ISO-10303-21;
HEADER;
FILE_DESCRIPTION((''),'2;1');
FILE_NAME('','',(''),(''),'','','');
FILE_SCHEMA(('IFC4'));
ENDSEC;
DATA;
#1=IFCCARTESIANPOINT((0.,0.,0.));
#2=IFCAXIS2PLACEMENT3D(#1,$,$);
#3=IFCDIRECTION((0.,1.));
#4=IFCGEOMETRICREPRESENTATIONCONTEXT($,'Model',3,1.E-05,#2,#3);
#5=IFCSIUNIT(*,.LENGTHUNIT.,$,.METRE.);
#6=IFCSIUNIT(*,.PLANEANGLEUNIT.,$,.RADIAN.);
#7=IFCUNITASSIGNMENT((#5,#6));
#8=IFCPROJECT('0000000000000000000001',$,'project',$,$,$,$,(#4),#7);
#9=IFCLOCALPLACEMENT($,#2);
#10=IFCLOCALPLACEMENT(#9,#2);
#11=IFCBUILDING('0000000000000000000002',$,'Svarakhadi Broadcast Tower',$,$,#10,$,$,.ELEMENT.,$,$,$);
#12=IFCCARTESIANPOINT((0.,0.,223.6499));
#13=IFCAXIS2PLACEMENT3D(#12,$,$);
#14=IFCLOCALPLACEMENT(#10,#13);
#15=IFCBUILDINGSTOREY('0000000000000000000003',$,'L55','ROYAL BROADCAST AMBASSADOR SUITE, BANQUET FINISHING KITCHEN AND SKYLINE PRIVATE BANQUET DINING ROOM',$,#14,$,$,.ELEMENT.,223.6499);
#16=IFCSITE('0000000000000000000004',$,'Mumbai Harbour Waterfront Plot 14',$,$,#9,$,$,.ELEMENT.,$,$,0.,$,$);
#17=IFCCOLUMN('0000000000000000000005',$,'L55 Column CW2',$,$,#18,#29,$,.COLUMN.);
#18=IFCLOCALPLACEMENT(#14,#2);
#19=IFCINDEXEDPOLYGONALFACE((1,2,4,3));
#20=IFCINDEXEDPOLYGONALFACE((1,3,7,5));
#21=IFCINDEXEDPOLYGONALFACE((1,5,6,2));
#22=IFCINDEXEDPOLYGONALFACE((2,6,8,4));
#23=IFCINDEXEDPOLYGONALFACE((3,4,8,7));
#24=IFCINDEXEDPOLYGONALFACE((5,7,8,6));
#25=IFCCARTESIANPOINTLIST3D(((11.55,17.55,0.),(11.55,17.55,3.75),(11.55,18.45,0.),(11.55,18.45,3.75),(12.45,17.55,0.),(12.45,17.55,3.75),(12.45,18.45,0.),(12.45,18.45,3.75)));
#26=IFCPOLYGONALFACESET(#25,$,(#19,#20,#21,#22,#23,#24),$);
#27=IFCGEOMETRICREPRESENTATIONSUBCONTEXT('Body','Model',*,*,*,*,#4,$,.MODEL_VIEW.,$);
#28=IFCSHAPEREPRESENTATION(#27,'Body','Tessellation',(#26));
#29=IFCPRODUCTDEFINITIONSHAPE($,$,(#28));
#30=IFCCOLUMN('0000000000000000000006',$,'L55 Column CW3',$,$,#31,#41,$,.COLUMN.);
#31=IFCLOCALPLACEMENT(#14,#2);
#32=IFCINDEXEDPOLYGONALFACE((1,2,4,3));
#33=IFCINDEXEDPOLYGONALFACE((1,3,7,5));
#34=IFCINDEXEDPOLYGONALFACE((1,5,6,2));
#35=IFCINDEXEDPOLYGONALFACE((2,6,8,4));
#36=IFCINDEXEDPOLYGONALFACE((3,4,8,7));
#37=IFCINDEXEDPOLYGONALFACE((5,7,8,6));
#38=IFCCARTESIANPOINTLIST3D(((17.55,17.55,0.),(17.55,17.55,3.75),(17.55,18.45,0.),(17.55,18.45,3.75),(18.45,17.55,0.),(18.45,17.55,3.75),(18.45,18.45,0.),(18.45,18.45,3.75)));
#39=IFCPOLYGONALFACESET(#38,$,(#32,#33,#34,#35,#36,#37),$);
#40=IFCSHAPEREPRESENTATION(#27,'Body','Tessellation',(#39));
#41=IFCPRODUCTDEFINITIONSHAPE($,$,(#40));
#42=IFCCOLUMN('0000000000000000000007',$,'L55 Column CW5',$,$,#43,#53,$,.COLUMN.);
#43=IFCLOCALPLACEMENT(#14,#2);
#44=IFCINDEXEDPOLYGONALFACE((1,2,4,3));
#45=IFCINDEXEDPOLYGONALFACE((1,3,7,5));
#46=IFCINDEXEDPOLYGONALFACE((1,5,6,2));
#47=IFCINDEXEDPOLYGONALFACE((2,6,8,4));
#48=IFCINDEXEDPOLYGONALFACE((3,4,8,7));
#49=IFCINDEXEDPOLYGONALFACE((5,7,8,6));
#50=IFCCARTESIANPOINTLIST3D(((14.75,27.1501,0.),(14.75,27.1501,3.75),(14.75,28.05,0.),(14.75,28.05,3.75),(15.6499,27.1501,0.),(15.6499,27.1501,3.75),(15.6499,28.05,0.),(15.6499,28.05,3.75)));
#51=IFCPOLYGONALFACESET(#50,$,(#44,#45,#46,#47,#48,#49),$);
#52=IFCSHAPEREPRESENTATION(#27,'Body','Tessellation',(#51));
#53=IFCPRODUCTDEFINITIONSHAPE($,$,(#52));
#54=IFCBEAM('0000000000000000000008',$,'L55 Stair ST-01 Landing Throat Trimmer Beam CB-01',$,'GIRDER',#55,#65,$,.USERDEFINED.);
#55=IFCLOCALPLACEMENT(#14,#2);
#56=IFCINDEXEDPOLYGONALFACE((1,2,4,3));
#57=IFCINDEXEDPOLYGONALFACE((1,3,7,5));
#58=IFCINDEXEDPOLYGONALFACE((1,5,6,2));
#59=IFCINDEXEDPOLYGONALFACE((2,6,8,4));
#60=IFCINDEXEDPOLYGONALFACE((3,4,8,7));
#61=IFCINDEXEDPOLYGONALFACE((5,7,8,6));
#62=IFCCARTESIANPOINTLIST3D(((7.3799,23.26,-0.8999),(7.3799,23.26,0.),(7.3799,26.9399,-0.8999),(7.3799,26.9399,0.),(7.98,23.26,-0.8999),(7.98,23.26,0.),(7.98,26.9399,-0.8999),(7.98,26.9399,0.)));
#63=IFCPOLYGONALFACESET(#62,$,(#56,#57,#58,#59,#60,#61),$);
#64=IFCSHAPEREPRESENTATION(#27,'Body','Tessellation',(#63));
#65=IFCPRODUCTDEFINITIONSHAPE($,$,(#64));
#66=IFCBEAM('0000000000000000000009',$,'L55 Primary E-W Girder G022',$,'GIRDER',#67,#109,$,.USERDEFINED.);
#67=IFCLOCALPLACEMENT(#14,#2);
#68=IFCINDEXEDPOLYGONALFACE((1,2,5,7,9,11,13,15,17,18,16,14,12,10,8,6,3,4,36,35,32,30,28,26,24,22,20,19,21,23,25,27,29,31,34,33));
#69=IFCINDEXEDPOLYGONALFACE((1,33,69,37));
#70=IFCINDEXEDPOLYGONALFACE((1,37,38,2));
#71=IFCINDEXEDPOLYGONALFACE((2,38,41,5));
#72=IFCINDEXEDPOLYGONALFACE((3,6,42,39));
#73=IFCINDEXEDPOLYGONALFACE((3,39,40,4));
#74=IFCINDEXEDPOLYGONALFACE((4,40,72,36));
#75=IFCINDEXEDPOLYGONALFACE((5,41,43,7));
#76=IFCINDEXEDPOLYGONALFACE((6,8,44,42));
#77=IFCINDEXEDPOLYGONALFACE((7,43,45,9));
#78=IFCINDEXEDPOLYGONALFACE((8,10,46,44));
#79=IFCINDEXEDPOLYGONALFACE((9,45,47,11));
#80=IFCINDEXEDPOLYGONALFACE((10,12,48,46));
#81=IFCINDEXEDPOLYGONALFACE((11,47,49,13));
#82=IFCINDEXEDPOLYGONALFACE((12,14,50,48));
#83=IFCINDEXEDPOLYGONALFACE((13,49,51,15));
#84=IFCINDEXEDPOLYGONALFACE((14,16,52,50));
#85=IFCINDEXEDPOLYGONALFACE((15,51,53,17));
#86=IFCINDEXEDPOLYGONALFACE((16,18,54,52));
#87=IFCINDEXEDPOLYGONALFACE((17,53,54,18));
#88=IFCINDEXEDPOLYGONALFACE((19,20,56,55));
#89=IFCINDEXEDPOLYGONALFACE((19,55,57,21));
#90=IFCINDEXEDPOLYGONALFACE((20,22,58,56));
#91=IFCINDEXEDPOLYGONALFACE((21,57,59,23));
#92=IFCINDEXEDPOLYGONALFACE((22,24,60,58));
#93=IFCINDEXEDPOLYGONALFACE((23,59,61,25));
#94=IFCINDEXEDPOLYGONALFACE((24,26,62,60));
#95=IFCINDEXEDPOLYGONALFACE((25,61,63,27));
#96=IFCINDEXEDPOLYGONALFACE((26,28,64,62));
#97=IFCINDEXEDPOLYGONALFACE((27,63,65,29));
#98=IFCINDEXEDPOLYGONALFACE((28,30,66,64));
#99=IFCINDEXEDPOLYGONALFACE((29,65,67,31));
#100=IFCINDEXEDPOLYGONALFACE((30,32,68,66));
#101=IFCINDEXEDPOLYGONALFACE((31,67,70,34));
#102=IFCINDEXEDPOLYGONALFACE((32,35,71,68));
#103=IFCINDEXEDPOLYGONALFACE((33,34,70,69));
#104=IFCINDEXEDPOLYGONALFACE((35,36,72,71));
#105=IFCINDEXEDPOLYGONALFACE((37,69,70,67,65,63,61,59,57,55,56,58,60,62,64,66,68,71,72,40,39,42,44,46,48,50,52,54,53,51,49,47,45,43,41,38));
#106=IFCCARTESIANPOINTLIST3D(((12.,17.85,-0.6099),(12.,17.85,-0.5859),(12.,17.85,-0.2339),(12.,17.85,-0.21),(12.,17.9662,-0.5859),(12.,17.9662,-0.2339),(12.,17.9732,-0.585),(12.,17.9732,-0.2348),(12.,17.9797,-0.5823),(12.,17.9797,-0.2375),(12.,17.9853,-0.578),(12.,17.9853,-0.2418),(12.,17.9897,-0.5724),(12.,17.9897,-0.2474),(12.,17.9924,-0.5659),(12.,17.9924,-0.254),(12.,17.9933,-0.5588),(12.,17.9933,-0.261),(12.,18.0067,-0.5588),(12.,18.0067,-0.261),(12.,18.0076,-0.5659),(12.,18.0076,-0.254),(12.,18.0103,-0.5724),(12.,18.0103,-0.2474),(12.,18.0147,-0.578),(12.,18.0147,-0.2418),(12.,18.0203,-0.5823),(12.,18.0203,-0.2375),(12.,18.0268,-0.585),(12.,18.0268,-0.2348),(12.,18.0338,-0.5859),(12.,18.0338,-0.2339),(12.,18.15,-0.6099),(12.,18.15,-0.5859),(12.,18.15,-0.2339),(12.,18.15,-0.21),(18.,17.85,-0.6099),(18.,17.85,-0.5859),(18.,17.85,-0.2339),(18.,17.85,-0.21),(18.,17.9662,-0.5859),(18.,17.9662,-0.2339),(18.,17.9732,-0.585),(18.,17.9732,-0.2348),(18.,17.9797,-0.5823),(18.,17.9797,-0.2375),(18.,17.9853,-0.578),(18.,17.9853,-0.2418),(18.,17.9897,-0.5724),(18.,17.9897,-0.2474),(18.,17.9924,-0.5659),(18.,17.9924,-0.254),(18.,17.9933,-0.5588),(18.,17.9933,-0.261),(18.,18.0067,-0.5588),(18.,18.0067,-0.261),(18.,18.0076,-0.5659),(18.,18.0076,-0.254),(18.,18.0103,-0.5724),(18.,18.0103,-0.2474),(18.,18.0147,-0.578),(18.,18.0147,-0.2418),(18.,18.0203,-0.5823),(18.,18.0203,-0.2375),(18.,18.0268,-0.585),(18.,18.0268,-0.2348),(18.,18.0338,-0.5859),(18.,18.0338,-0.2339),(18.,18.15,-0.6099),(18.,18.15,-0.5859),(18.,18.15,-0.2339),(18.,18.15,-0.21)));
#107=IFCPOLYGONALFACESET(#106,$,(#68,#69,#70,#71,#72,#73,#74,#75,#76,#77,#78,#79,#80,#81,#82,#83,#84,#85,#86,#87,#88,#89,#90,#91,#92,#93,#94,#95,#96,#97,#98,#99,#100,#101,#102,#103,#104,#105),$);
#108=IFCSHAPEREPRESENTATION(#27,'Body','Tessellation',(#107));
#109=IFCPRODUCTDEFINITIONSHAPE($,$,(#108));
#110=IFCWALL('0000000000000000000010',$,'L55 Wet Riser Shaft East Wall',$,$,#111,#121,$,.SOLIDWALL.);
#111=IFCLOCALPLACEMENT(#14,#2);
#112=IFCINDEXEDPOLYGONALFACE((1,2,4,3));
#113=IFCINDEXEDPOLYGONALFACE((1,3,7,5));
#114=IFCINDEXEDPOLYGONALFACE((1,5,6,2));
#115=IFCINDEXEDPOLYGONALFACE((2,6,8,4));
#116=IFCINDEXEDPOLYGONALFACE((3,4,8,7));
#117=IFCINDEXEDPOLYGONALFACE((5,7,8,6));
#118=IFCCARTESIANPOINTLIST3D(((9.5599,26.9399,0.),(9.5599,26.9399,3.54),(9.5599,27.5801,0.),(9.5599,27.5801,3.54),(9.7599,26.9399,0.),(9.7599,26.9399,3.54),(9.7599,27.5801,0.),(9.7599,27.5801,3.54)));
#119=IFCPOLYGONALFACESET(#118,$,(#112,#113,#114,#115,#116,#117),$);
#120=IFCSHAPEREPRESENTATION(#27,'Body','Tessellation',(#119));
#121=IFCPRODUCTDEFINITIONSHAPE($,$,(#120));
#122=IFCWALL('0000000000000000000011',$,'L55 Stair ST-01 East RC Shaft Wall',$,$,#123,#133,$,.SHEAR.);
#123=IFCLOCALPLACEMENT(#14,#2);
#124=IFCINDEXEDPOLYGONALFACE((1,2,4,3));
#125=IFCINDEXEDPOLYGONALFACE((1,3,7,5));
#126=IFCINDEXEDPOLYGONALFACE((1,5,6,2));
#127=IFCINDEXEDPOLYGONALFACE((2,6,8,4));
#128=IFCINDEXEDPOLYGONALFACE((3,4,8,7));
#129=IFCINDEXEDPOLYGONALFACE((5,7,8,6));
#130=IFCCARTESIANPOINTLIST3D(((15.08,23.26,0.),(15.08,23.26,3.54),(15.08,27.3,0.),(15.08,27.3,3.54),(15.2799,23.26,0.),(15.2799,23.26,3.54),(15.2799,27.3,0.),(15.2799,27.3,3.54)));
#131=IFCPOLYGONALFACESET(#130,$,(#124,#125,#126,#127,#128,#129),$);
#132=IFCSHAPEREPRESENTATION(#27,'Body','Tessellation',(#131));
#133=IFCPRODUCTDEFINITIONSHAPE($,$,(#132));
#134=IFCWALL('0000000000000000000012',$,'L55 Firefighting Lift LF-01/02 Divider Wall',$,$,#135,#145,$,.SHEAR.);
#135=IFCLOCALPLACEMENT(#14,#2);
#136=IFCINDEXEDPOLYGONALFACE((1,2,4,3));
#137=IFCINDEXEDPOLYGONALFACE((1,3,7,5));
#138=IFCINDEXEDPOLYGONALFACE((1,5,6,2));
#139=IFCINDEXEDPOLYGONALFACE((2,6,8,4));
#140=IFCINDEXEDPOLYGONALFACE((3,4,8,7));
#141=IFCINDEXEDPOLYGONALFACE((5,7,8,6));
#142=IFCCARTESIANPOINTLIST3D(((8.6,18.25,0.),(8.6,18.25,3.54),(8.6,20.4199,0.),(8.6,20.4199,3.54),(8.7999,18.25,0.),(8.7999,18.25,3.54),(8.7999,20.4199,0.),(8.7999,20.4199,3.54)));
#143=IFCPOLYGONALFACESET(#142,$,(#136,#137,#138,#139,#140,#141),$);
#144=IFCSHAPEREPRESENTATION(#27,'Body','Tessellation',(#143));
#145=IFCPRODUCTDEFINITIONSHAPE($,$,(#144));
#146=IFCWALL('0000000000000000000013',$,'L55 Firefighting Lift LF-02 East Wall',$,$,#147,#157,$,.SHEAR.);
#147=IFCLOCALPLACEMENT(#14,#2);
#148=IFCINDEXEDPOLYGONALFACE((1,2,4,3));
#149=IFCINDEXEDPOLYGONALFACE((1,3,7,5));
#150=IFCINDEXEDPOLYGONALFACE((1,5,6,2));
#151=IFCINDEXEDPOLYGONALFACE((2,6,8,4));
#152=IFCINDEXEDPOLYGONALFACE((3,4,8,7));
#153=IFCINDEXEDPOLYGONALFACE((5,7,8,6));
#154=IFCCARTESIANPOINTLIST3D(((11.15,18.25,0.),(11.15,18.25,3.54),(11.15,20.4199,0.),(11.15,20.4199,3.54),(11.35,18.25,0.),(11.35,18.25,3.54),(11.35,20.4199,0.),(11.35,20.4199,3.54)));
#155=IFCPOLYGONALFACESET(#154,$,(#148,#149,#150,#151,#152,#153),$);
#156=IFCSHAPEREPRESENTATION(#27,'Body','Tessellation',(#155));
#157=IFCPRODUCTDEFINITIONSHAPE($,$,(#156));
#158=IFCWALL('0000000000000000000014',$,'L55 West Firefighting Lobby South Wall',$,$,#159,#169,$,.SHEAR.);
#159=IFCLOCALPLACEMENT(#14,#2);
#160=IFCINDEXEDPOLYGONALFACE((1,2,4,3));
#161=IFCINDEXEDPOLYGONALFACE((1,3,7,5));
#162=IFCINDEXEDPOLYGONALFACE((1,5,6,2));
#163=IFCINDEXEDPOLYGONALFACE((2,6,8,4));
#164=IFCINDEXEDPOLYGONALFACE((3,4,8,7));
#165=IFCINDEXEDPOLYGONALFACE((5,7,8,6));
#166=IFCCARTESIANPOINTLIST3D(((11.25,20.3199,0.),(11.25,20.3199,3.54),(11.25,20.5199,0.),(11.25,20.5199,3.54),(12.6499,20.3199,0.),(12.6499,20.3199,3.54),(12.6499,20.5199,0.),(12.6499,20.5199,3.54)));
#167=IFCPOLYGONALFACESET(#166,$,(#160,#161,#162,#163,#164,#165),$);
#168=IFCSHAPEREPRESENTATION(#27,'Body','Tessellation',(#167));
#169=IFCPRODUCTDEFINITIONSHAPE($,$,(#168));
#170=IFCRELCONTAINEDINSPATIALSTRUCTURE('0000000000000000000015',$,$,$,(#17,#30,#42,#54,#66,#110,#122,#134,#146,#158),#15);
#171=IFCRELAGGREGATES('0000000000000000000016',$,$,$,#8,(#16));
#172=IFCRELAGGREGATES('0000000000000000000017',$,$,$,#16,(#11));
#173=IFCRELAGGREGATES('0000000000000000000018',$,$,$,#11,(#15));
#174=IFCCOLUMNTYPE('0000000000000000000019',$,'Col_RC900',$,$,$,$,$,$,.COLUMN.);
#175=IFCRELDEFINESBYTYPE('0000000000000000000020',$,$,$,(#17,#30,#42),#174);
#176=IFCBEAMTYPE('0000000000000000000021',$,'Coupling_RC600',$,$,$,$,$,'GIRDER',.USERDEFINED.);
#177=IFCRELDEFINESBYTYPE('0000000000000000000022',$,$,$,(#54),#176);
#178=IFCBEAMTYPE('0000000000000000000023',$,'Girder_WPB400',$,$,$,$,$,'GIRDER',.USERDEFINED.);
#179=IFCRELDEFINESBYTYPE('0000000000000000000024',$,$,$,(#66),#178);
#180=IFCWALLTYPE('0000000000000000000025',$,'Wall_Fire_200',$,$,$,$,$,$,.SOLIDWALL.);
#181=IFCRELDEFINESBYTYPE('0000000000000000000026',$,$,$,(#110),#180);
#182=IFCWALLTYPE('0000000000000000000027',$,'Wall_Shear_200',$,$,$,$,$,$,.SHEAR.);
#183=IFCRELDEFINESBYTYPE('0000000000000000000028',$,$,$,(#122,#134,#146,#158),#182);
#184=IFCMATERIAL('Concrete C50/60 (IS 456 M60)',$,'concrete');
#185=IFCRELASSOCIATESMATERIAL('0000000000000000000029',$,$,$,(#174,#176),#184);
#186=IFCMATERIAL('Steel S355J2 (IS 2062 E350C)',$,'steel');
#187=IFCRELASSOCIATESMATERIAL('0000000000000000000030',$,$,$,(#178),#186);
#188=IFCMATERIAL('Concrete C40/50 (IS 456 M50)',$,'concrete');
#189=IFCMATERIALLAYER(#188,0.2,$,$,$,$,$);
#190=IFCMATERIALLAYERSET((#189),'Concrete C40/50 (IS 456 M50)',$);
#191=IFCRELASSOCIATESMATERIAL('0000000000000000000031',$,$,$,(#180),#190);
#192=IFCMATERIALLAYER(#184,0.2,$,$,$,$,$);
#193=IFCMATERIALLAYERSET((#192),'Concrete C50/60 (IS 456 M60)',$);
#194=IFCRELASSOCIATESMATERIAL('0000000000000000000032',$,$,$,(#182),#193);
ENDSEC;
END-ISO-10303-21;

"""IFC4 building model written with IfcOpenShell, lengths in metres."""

from ifc_helpers import new_model, si_unit, direction, frame, frame_2d, origin, origin_2d, place, context, subcontext, project, spatial, rectangle, i_section, extrude, material, layer, layer_set, material_profile, profile_set, type_object, element, save


model = new_model("IFC4")

# Units and contexts
model_context = context("Model", 3, precision=1e-05, world=origin(), true_north=direction((0.0, 1.0)))
body_context = subcontext(model_context, "Body", "Model", "MODEL_VIEW")
ifc_project = project(units=[si_unit("LENGTHUNIT", "METRE"), si_unit("PLANEANGLEUNIT", "RADIAN")], contexts=[model_context])

# Site, building, storey
site_placement = place(None, origin())
site = spatial("IfcSite", under=ifc_project, at=site_placement, Name="Mumbai Harbour Waterfront Plot 14", CompositionType="ELEMENT", RefElevation=0.0)
building_placement = place(site_placement, origin())
building = spatial("IfcBuilding", under=site, at=building_placement, Name="Svarakhadi Broadcast Tower", CompositionType="ELEMENT")
storey_placement = place(building_placement, frame((0.0, 0.0, 223.6499)))
storey = spatial("IfcBuildingStorey", under=building, at=storey_placement, Name="L55", Description="ROYAL BROADCAST AMBASSADOR SUITE, BANQUET FINISHING KITCHEN AND SKYLINE PRIVATE BANQUET DINING ROOM", CompositionType="ELEMENT", Elevation=223.6499)

# Columns
ifc_material_1 = material(Name="Concrete C50/60 (IS 456 M60)", Category="concrete")
ifc_material_profile_1 = material_profile(ifc_material_1, rectangle(XDim=0.8999, YDim=0.8999, at=origin_2d()), Name="RC 900x900")
ifc_profile_set_1 = profile_set([ifc_material_profile_1], Name="Concrete C50/60 (IS 456 M60)")
column_type = type_object("IfcColumnType", Name="Col_RC900", PredefinedType="COLUMN", material=ifc_profile_set_1)
for number, where, z_axis, x_axis, name in (
    (1, (12.0, 18.0, 0.0), (0.0, 0.0, 1.0), (1.0, 0.0, 0.0), "L55 Column CW2"),
    (2, (18.0, 18.0, 0.0), (0.0, 0.0, 1.0), (1.0, 0.0, 0.0), "L55 Column CW3"),
    (3, (15.2, 27.6001, 0.0), (0.0, 0.0, 1.0), (1.0, 0.0, 0.0), "L55 Column CW5"),
):
    element("IfcColumn", number, at=place(storey_placement, frame(where, z_axis=z_axis, x_axis=x_axis)), inside=storey, type_object=column_type, Name=name, PredefinedType="COLUMN", context=body_context, shape_type="SweptSolid", body=[
        extrude(rectangle(XDim=0.8999, YDim=0.8999, at=origin_2d()), origin(), (0.0, 0.0, 1.0), 3.75),
    ])

# Beams
ifc_material_profile_2 = material_profile(ifc_material_1, rectangle(XDim=0.6001, YDim=0.8999, at=origin_2d()), Name="RC 600x900")
ifc_profile_set_2 = profile_set([ifc_material_profile_2], Name="Concrete C50/60 (IS 456 M60)")
beam_type_1 = type_object("IfcBeamType", Name="Coupling_RC600", ElementType="GIRDER", PredefinedType="USERDEFINED", material=ifc_profile_set_2)
beam_1_placement = place(storey_placement, frame((7.6799, 23.26, -0.45), z_axis=(0.0, 1.0, 0.0), x_axis=(-1.0, 0.0, 0.0)))
element("IfcBeam", 4, at=beam_1_placement, inside=storey, type_object=beam_type_1, Name="L55 Stair ST-01 Landing Throat Trimmer Beam CB-01", ObjectType="GIRDER", PredefinedType="USERDEFINED", context=body_context, shape_type="SweptSolid", body=[
    extrude(rectangle(XDim=0.6001, YDim=0.8999, at=origin_2d()), origin(), (0.0, 0.0, 1.0), 3.6799),
])
ifc_material_2 = material(Name="Steel S355J2 (IS 2062 E350C)", Category="steel")
ifc_material_profile_3 = material_profile(ifc_material_2, i_section(OverallWidth=0.3, OverallDepth=0.3999, WebThickness=0.0134, FlangeThickness=0.0239, FilletRadius=0.0271, at=origin_2d()), Name="WPB 400x300x155")
ifc_profile_set_3 = profile_set([ifc_material_profile_3], Name="Steel S355J2 (IS 2062 E350C)")
beam_type_2 = type_object("IfcBeamType", Name="Girder_WPB400", ElementType="GIRDER", PredefinedType="USERDEFINED", material=ifc_profile_set_3)
beam_2_placement = place(storey_placement, frame((12.0, 18.0, -0.4099), z_axis=(1.0, 0.0, 0.0), x_axis=(0.0, 1.0, 0.0)))
element("IfcBeam", 5, at=beam_2_placement, inside=storey, type_object=beam_type_2, Name="L55 Primary E-W Girder G022", ObjectType="GIRDER", PredefinedType="USERDEFINED", context=body_context, shape_type="SweptSolid", body=[
    extrude(i_section(OverallWidth=0.3, OverallDepth=0.3999, WebThickness=0.0134, FlangeThickness=0.0239, FilletRadius=0.0271, at=origin_2d()), origin(), (0.0, 0.0, 1.0), 6.0),
])

# Wall
ifc_material_3 = material(Name="Concrete C40/50 (IS 456 M50)", Category="concrete")
ifc_layer_1 = layer(ifc_material_3, 0.2)
ifc_layer_set_1 = layer_set([ifc_layer_1], Name="Concrete C40/50 (IS 456 M50)")
wall_type_1 = type_object("IfcWallType", Name="Wall_Fire_200", PredefinedType="SOLIDWALL", material=ifc_layer_set_1)
wall_1_placement = place(storey_placement, frame((9.6599, 26.9399, 0.0), z_axis=(0.0, 0.0, 1.0), x_axis=(0.0, 1.0, 0.0)))
element("IfcWall", 6, at=wall_1_placement, inside=storey, type_object=wall_type_1, Name="L55 Wet Riser Shaft East Wall", PredefinedType="SOLIDWALL", context=body_context, shape_type="SweptSolid", body=[
    extrude(rectangle(XDim=0.6401, YDim=0.2, at=frame_2d((0.3201, 0.0))), origin(), (0.0, 0.0, 1.0), 3.54),
])

# Walls
ifc_layer_2 = layer(ifc_material_1, 0.2)
ifc_layer_set_2 = layer_set([ifc_layer_2], Name="Concrete C50/60 (IS 456 M60)")
wall_type_2 = type_object("IfcWallType", Name="Wall_Shear_200", PredefinedType="SHEAR", material=ifc_layer_set_2)
wall_2_placement = place(storey_placement, frame((15.1799, 23.26, 0.0), z_axis=(0.0, 0.0, 1.0), x_axis=(0.0, 1.0, 0.0)))
element("IfcWall", 7, at=wall_2_placement, inside=storey, type_object=wall_type_2, Name="L55 Stair ST-01 East RC Shaft Wall", PredefinedType="SHEAR", context=body_context, shape_type="SweptSolid", body=[
    extrude(rectangle(XDim=4.04, YDim=0.2, at=frame_2d((2.02, 0.0))), origin(), (0.0, 0.0, 1.0), 3.54),
])
for number, where, z_axis, x_axis, name in (
    (8, (8.7, 18.25, 0.0), (0.0, 0.0, 1.0), (0.0, 1.0, 0.0), "L55 Firefighting Lift LF-01/02 Divider Wall"),
    (9, (11.25, 18.25, 0.0), (0.0, 0.0, 1.0), (0.0, 1.0, 0.0), "L55 Firefighting Lift LF-02 East Wall"),
):
    element("IfcWall", number, at=place(storey_placement, frame(where, z_axis=z_axis, x_axis=x_axis)), inside=storey, type_object=wall_type_2, Name=name, PredefinedType="SHEAR", context=body_context, shape_type="SweptSolid", body=[
        extrude(rectangle(XDim=2.1699, YDim=0.2, at=frame_2d((1.085, 0.0))), origin(), (0.0, 0.0, 1.0), 3.54),
    ])
wall_3_placement = place(storey_placement, frame((11.25, 20.4199, 0.0), z_axis=(0.0, 0.0, 1.0), x_axis=(1.0, 0.0, 0.0)))
element("IfcWall", 10, at=wall_3_placement, inside=storey, type_object=wall_type_2, Name="L55 West Firefighting Lobby South Wall", PredefinedType="SHEAR", context=body_context, shape_type="SweptSolid", body=[
    extrude(rectangle(XDim=1.3999, YDim=0.2, at=frame_2d((0.7, 0.0))), origin(), (0.0, 0.0, 1.0), 3.54),
])

save(model, "model.ifc")
